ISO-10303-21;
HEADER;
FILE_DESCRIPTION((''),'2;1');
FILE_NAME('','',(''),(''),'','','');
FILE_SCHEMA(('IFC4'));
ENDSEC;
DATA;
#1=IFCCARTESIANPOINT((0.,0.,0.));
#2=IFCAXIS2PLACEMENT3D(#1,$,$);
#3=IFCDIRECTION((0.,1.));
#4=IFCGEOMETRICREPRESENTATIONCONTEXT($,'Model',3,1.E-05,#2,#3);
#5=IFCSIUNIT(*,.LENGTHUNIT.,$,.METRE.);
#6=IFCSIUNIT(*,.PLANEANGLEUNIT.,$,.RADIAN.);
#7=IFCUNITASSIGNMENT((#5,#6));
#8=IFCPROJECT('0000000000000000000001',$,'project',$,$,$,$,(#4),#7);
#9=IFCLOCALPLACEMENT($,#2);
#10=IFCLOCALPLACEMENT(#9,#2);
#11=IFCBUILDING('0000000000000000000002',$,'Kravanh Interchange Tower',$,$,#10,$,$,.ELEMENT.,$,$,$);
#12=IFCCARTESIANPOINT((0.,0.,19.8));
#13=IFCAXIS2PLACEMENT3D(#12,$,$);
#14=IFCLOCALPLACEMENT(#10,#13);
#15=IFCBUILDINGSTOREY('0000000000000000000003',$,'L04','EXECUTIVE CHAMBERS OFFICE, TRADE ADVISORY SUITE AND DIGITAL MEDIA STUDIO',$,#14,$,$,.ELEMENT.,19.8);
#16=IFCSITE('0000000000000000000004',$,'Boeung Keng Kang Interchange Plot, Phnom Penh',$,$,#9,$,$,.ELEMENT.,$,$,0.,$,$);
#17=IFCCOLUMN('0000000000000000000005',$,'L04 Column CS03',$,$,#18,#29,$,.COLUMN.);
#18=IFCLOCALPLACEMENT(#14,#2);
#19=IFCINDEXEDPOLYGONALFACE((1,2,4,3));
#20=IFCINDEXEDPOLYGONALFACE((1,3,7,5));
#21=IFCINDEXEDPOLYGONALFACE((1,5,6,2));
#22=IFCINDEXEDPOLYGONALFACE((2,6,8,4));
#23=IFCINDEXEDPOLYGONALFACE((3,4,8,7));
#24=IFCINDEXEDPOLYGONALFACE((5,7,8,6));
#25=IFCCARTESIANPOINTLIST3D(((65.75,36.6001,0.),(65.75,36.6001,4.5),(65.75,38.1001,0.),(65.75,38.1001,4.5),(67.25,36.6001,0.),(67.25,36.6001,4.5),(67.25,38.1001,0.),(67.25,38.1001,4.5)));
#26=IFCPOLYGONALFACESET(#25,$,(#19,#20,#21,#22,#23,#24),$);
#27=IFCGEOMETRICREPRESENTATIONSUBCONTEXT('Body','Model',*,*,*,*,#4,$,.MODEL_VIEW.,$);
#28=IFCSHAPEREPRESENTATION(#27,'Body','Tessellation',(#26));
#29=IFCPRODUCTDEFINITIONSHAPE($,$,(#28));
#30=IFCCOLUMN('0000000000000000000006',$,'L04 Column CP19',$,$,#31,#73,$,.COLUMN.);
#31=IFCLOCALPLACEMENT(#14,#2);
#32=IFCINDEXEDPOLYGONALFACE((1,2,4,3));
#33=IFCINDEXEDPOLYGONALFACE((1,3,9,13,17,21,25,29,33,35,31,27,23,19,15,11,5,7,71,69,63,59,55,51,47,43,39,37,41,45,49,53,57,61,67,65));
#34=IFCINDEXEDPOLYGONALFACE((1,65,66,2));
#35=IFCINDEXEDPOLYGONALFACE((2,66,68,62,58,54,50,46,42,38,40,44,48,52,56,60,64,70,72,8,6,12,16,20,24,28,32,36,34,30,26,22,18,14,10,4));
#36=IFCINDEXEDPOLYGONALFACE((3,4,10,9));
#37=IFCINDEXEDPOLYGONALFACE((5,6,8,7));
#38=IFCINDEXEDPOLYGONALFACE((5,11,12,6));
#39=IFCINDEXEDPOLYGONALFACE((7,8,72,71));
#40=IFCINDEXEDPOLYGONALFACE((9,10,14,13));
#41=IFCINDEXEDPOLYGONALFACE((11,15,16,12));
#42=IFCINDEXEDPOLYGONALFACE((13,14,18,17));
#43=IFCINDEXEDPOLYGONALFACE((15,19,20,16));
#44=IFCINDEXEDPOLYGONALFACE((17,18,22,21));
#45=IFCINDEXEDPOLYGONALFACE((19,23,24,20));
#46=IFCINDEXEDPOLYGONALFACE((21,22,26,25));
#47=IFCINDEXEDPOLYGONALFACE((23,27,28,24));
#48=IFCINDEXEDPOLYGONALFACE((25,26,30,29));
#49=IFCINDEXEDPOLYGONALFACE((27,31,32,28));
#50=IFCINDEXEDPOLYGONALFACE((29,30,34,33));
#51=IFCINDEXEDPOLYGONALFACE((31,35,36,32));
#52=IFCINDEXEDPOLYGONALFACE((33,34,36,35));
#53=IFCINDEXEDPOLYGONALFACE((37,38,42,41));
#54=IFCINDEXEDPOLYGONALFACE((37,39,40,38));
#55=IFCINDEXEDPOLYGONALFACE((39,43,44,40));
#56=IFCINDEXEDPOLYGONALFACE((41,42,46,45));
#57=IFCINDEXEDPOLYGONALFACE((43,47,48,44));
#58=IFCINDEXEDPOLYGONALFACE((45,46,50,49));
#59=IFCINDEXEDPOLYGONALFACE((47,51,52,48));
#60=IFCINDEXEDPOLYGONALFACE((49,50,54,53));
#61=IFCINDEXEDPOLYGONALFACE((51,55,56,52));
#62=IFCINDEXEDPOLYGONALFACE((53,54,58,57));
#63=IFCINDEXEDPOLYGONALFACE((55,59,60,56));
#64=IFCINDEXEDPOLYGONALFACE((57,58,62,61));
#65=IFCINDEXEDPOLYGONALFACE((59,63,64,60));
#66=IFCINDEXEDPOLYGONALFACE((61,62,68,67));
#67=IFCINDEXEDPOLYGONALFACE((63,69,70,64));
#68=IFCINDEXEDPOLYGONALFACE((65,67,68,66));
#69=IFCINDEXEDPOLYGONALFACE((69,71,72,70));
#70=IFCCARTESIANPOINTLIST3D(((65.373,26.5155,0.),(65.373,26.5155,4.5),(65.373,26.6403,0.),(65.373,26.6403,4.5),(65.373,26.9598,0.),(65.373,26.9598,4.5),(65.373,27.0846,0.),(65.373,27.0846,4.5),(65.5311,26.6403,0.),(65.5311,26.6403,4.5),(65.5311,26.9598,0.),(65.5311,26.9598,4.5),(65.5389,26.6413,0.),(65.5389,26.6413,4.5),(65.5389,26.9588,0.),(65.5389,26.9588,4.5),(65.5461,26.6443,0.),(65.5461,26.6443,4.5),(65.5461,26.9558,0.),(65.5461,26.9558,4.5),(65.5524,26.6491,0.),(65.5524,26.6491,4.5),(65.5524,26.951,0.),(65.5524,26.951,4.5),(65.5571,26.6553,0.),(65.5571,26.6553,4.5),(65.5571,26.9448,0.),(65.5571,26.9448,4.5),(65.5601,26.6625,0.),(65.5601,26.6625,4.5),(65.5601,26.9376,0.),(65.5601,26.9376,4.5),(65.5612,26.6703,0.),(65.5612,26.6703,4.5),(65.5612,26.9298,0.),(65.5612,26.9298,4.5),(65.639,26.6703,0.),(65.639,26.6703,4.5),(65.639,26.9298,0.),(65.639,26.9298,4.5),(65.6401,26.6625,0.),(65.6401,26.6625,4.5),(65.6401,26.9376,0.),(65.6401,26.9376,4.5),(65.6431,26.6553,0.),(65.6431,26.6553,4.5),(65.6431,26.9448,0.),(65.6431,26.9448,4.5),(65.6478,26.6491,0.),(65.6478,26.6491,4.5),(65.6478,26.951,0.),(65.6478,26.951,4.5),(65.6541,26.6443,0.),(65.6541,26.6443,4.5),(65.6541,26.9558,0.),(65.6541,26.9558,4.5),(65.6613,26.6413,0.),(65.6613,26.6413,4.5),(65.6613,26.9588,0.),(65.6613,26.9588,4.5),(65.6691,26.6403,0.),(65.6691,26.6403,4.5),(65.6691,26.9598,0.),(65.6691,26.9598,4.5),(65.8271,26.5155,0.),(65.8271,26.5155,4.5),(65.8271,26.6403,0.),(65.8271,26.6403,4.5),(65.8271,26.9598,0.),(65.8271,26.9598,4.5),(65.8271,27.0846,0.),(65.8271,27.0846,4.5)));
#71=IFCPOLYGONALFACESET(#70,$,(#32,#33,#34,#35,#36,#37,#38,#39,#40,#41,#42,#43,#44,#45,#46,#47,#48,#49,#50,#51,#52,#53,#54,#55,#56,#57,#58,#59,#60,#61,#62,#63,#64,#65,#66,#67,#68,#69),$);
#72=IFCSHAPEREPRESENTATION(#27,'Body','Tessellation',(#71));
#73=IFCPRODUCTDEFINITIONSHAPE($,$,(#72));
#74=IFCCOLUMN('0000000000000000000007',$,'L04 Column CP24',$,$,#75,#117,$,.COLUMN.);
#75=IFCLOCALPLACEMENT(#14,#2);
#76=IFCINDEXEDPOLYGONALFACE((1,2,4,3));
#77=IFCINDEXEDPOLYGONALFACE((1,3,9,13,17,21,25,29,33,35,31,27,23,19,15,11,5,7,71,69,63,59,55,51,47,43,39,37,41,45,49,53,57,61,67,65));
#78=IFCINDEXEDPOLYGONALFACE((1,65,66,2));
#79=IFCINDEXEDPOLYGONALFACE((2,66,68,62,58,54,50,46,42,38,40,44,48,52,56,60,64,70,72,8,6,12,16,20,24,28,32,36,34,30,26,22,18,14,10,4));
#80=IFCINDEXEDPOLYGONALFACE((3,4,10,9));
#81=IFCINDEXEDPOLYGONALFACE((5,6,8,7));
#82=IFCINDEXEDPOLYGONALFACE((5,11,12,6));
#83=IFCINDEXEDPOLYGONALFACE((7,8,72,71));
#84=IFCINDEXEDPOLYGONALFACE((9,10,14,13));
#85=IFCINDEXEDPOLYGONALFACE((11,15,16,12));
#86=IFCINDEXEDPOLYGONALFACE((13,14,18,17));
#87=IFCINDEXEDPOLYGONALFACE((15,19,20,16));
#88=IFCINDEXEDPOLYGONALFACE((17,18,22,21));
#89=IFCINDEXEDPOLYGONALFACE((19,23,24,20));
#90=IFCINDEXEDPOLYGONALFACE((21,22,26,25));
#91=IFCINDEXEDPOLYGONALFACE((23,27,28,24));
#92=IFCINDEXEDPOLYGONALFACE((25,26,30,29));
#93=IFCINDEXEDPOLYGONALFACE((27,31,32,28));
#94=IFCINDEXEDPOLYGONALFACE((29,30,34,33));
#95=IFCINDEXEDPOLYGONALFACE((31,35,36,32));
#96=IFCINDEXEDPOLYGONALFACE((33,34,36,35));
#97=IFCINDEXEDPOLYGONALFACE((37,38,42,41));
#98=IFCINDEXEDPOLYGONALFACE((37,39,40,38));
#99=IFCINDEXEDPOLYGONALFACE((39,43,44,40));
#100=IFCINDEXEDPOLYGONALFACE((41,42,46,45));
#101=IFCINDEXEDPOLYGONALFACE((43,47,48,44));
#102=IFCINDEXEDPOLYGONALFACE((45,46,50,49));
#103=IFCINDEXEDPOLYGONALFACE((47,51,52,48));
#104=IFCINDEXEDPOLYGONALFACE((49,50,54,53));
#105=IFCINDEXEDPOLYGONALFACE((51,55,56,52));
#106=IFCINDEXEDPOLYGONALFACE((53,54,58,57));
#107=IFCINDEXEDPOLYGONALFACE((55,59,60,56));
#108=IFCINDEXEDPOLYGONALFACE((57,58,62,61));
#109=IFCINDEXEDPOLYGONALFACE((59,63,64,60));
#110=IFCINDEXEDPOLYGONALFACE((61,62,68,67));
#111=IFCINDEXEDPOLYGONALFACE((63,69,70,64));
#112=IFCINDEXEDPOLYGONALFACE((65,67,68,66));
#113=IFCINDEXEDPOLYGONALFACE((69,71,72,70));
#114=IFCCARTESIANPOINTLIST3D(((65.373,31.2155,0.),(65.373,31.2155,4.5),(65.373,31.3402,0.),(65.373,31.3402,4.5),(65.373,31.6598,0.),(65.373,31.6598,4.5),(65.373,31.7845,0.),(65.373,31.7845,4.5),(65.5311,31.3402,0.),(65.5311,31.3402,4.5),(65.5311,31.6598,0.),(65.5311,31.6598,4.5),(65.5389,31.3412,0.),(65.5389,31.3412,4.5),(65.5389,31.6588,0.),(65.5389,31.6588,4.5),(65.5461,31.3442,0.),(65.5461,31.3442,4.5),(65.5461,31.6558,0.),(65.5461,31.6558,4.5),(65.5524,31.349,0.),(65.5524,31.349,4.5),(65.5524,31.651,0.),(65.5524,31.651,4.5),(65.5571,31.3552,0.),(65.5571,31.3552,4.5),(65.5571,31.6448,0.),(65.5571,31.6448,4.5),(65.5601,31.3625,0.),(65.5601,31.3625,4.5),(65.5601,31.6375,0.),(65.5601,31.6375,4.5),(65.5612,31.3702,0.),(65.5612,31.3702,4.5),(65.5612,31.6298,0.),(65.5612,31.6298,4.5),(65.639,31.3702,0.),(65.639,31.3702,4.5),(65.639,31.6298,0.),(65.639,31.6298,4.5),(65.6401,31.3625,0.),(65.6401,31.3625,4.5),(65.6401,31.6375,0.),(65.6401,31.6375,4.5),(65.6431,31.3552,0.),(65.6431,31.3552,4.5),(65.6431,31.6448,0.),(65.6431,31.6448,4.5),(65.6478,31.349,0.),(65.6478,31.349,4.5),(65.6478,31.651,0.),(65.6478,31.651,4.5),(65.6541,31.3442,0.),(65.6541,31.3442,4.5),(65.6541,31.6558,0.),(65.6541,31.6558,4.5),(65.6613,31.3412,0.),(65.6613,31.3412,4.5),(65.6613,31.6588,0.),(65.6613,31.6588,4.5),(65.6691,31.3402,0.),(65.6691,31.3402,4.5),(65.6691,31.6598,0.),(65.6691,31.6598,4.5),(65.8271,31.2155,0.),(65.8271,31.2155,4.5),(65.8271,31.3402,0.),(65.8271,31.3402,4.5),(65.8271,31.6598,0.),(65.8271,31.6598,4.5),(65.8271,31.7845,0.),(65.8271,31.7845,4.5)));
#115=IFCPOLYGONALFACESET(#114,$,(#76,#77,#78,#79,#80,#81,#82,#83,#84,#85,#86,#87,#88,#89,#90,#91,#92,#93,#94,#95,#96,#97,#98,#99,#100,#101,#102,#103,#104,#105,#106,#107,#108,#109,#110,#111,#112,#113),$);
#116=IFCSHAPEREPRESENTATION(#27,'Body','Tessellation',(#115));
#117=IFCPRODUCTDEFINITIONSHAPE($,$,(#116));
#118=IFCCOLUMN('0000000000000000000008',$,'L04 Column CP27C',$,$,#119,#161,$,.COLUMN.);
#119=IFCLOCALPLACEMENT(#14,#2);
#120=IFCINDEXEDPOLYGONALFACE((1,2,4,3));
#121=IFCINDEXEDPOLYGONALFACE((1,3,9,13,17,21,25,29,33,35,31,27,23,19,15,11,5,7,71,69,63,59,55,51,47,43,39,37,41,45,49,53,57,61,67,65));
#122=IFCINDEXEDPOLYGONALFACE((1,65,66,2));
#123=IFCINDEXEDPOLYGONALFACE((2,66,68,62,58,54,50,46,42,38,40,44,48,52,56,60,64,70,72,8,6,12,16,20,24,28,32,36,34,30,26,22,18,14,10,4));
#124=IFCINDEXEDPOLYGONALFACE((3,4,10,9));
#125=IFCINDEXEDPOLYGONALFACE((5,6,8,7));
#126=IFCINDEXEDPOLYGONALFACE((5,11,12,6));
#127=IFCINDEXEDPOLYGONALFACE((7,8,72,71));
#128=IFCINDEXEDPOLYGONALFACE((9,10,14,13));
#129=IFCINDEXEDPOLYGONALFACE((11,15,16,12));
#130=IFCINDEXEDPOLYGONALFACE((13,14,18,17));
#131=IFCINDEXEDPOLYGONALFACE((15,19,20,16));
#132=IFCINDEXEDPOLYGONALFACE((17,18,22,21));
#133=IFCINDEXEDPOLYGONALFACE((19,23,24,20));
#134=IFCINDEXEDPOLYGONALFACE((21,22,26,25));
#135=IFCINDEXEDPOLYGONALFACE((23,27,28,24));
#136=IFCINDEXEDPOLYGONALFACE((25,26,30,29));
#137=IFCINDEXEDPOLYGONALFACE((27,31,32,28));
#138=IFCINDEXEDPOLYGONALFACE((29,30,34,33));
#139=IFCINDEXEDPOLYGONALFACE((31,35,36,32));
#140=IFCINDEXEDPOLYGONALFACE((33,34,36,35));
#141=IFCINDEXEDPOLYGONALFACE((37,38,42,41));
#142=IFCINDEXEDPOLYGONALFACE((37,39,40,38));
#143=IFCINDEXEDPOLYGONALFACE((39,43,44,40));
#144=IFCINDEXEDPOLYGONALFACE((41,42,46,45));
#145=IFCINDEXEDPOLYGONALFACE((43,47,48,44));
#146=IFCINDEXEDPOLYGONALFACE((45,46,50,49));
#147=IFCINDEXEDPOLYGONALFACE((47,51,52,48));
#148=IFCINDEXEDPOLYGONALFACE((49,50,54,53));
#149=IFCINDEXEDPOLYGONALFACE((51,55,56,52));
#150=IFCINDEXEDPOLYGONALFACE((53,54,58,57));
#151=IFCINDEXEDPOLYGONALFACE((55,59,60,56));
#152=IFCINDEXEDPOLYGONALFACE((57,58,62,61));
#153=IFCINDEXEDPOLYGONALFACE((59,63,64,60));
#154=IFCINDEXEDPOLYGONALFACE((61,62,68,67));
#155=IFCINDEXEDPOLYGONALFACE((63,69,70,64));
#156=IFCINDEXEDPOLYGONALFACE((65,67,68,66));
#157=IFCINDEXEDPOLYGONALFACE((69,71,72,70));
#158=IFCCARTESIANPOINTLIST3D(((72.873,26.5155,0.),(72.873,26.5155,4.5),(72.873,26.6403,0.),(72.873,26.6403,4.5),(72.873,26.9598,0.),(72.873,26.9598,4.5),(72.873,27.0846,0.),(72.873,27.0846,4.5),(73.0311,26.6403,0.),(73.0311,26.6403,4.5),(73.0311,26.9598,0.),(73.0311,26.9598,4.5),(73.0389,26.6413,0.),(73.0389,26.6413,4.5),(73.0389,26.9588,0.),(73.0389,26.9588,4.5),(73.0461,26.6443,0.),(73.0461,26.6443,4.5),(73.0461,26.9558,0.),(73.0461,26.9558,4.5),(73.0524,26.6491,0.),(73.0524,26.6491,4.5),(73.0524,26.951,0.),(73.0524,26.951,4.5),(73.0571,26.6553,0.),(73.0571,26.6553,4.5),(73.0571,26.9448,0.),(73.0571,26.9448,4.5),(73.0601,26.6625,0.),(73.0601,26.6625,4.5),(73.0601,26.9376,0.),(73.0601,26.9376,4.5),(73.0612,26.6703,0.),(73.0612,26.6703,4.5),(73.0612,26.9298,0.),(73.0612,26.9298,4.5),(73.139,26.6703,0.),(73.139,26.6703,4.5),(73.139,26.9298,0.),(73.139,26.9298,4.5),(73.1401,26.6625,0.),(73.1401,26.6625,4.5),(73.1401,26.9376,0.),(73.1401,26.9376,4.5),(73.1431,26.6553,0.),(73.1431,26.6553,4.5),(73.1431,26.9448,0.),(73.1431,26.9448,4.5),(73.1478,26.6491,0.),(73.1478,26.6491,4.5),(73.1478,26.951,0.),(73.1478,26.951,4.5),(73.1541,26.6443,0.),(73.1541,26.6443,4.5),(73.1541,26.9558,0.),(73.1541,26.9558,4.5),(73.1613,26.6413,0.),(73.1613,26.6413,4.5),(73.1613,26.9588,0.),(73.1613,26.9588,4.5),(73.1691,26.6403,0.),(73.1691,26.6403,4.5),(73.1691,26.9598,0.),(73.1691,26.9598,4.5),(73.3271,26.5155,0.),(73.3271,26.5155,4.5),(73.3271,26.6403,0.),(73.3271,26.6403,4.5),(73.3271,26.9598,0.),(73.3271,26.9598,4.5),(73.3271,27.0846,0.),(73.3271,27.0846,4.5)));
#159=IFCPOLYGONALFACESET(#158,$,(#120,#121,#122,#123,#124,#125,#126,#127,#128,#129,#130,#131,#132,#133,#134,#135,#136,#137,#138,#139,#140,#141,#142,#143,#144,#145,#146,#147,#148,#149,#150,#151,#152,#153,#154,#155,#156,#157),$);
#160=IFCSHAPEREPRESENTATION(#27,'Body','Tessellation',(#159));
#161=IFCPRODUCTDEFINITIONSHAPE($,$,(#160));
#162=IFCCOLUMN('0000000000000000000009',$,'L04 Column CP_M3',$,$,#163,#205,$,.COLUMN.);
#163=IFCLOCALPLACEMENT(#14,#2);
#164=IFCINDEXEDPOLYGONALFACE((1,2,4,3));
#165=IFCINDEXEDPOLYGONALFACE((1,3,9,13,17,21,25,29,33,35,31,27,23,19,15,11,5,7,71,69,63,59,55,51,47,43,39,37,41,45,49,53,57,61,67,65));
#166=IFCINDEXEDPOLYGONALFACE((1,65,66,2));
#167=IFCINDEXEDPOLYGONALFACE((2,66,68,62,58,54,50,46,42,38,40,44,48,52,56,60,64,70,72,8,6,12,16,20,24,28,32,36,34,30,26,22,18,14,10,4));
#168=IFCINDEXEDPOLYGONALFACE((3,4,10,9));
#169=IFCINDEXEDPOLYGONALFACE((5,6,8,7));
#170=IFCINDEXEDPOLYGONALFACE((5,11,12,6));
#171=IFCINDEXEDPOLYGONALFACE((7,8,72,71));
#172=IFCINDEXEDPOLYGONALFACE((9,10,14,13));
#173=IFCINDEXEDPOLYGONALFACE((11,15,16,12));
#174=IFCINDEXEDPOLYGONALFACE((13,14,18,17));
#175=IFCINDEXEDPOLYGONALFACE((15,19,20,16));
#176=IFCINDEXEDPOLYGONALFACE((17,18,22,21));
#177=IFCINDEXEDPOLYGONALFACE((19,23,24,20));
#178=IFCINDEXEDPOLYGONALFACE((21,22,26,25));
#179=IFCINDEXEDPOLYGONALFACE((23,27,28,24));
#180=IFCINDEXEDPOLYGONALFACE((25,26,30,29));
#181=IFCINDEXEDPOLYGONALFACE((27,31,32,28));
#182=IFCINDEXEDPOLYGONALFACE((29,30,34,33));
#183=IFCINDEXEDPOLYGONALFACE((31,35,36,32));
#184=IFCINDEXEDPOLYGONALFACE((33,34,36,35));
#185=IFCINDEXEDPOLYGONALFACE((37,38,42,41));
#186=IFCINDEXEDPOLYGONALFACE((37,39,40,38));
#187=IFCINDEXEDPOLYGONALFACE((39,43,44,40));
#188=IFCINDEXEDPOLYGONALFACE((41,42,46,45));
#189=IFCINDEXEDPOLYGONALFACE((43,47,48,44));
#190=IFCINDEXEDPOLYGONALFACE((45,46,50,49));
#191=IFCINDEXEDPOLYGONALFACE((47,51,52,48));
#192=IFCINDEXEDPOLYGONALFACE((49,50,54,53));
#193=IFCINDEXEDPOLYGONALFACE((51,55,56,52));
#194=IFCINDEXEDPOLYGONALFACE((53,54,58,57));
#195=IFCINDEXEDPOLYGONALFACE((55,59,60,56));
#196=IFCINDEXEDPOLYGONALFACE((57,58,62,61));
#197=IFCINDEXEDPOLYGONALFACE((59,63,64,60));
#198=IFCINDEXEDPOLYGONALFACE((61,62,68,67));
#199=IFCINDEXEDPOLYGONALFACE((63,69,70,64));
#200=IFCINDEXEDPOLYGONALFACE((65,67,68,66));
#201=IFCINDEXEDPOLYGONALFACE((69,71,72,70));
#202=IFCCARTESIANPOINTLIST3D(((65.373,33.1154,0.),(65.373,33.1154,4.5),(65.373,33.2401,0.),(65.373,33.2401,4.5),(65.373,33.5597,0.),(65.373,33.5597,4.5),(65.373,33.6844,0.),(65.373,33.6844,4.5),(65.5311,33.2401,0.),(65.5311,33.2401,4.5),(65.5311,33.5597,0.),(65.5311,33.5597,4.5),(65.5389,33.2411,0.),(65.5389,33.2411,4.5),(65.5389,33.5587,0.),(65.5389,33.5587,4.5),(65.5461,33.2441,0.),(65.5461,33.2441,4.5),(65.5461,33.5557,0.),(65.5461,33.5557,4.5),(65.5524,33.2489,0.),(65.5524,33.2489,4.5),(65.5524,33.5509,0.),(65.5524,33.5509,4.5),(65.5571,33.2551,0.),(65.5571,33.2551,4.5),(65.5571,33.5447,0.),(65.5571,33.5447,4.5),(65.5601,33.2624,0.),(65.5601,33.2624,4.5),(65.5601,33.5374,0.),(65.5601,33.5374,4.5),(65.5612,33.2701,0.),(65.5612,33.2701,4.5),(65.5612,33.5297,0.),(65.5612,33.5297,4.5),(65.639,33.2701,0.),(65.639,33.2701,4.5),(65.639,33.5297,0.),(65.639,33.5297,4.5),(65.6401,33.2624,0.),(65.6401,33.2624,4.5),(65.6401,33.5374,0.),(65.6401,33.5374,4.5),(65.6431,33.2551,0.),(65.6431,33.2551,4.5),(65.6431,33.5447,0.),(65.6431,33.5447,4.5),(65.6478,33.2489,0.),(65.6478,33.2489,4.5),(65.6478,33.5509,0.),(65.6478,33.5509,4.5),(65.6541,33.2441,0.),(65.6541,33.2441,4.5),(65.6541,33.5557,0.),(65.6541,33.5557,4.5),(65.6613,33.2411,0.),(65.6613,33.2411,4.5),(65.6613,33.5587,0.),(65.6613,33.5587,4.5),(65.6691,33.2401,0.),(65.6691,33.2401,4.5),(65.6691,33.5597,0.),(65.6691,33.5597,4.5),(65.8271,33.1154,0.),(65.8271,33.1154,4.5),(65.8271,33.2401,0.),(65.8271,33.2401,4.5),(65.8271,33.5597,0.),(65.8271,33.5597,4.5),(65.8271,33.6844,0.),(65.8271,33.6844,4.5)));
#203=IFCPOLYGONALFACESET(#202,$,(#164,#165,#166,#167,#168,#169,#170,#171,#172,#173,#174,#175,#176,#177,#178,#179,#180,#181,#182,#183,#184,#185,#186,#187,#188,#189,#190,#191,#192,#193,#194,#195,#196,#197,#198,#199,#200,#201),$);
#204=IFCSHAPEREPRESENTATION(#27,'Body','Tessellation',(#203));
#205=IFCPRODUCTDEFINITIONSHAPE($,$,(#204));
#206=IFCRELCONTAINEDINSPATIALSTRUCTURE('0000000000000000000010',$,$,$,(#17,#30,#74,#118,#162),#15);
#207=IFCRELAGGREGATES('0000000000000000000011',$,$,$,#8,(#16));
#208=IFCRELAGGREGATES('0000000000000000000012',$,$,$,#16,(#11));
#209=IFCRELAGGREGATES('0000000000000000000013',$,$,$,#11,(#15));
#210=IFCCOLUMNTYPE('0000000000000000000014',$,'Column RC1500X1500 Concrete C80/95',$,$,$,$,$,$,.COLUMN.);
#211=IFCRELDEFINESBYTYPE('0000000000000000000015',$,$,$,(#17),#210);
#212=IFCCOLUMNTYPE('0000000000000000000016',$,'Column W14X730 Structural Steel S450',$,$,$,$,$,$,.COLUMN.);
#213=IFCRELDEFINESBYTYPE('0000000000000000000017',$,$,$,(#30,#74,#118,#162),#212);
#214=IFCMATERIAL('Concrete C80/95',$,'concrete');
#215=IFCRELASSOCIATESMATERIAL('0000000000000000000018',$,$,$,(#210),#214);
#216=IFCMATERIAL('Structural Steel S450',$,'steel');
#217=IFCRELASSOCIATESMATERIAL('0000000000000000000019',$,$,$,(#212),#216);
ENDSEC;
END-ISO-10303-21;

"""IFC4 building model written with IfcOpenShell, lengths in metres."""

from ifc_helpers import new_model, si_unit, direction, frame, origin, origin_2d, place, context, subcontext, project, spatial, rectangle, i_section, extrude, material, material_profile, profile_set, type_object, element, save


model = new_model("IFC4")

# Units and contexts
model_context = context("Model", 3, precision=1e-05, world=origin(), true_north=direction((0.0, 1.0)))
body_context = subcontext(model_context, "Body", "Model", "MODEL_VIEW")
ifc_project = project(units=[si_unit("LENGTHUNIT", "METRE"), si_unit("PLANEANGLEUNIT", "RADIAN")], contexts=[model_context])

# Site, building, storey
site_placement = place(None, origin())
site = spatial("IfcSite", under=ifc_project, at=site_placement, Name="Boeung Keng Kang Interchange Plot, Phnom Penh", CompositionType="ELEMENT", RefElevation=0.0)
building_placement = place(site_placement, origin())
building = spatial("IfcBuilding", under=site, at=building_placement, Name="Kravanh Interchange Tower", CompositionType="ELEMENT")
storey_placement = place(building_placement, frame((0.0, 0.0, 19.8)))
storey = spatial("IfcBuildingStorey", under=building, at=storey_placement, Name="L04", Description="EXECUTIVE CHAMBERS OFFICE, TRADE ADVISORY SUITE AND DIGITAL MEDIA STUDIO", CompositionType="ELEMENT", Elevation=19.8)

# Columns
ifc_material_1 = material(Name="Concrete C80/95", Category="concrete")
ifc_material_profile_1 = material_profile(ifc_material_1, rectangle(XDim=1.5, YDim=1.5, at=origin_2d()), Name="RC1500X1500")
ifc_profile_set_1 = profile_set([ifc_material_profile_1], Name="Concrete C80/95")
column_type_1 = type_object("IfcColumnType", Name="Column RC1500X1500 Concrete C80/95", PredefinedType="COLUMN", material=ifc_profile_set_1)
column_placement = place(storey_placement, frame((66.5, 37.3501, 0.0), z_axis=(0.0, 0.0, 1.0), x_axis=(1.0, 0.0, 0.0)))
element("IfcColumn", 1, at=column_placement, inside=storey, type_object=column_type_1, Name="L04 Column CS03", PredefinedType="COLUMN", context=body_context, shape_type="SweptSolid", body=[
    extrude(rectangle(XDim=1.5, YDim=1.5, at=origin_2d()), origin(), (0.0, 0.0, 1.0), 4.5),
])
ifc_material_2 = material(Name="Structural Steel S450", Category="steel")
ifc_material_profile_2 = material_profile(ifc_material_2, i_section(OverallWidth=0.4541, OverallDepth=0.5691, WebThickness=0.0779, FlangeThickness=0.1248, FilletRadius=0.03, at=origin_2d()), Name="W14X730")
ifc_profile_set_2 = profile_set([ifc_material_profile_2], Name="Structural Steel S450")
column_type_2 = type_object("IfcColumnType", Name="Column W14X730 Structural Steel S450", PredefinedType="COLUMN", material=ifc_profile_set_2)
for number, where, z_axis, x_axis, name in (
    (2, (65.6001, 26.8, 0.0), (0.0, 0.0, 1.0), (1.0, 0.0, 0.0), "L04 Column CP19"),
    (3, (65.6001, 31.5, 0.0), (0.0, 0.0, 1.0), (1.0, 0.0, 0.0), "L04 Column CP24"),
    (4, (73.1001, 26.8, 0.0), (0.0, 0.0, 1.0), (1.0, 0.0, 0.0), "L04 Column CP27C"),
    (5, (65.6001, 33.3999, 0.0), (0.0, 0.0, 1.0), (1.0, 0.0, 0.0), "L04 Column CP_M3"),
):
    element("IfcColumn", number, at=place(storey_placement, frame(where, z_axis=z_axis, x_axis=x_axis)), inside=storey, type_object=column_type_2, Name=name, PredefinedType="COLUMN", context=body_context, shape_type="SweptSolid", body=[
        extrude(i_section(OverallWidth=0.4541, OverallDepth=0.5691, WebThickness=0.0779, FlangeThickness=0.1248, FilletRadius=0.03, at=origin_2d()), origin(), (0.0, 0.0, 1.0), 4.5),
    ])

save(model, "model.ifc")
